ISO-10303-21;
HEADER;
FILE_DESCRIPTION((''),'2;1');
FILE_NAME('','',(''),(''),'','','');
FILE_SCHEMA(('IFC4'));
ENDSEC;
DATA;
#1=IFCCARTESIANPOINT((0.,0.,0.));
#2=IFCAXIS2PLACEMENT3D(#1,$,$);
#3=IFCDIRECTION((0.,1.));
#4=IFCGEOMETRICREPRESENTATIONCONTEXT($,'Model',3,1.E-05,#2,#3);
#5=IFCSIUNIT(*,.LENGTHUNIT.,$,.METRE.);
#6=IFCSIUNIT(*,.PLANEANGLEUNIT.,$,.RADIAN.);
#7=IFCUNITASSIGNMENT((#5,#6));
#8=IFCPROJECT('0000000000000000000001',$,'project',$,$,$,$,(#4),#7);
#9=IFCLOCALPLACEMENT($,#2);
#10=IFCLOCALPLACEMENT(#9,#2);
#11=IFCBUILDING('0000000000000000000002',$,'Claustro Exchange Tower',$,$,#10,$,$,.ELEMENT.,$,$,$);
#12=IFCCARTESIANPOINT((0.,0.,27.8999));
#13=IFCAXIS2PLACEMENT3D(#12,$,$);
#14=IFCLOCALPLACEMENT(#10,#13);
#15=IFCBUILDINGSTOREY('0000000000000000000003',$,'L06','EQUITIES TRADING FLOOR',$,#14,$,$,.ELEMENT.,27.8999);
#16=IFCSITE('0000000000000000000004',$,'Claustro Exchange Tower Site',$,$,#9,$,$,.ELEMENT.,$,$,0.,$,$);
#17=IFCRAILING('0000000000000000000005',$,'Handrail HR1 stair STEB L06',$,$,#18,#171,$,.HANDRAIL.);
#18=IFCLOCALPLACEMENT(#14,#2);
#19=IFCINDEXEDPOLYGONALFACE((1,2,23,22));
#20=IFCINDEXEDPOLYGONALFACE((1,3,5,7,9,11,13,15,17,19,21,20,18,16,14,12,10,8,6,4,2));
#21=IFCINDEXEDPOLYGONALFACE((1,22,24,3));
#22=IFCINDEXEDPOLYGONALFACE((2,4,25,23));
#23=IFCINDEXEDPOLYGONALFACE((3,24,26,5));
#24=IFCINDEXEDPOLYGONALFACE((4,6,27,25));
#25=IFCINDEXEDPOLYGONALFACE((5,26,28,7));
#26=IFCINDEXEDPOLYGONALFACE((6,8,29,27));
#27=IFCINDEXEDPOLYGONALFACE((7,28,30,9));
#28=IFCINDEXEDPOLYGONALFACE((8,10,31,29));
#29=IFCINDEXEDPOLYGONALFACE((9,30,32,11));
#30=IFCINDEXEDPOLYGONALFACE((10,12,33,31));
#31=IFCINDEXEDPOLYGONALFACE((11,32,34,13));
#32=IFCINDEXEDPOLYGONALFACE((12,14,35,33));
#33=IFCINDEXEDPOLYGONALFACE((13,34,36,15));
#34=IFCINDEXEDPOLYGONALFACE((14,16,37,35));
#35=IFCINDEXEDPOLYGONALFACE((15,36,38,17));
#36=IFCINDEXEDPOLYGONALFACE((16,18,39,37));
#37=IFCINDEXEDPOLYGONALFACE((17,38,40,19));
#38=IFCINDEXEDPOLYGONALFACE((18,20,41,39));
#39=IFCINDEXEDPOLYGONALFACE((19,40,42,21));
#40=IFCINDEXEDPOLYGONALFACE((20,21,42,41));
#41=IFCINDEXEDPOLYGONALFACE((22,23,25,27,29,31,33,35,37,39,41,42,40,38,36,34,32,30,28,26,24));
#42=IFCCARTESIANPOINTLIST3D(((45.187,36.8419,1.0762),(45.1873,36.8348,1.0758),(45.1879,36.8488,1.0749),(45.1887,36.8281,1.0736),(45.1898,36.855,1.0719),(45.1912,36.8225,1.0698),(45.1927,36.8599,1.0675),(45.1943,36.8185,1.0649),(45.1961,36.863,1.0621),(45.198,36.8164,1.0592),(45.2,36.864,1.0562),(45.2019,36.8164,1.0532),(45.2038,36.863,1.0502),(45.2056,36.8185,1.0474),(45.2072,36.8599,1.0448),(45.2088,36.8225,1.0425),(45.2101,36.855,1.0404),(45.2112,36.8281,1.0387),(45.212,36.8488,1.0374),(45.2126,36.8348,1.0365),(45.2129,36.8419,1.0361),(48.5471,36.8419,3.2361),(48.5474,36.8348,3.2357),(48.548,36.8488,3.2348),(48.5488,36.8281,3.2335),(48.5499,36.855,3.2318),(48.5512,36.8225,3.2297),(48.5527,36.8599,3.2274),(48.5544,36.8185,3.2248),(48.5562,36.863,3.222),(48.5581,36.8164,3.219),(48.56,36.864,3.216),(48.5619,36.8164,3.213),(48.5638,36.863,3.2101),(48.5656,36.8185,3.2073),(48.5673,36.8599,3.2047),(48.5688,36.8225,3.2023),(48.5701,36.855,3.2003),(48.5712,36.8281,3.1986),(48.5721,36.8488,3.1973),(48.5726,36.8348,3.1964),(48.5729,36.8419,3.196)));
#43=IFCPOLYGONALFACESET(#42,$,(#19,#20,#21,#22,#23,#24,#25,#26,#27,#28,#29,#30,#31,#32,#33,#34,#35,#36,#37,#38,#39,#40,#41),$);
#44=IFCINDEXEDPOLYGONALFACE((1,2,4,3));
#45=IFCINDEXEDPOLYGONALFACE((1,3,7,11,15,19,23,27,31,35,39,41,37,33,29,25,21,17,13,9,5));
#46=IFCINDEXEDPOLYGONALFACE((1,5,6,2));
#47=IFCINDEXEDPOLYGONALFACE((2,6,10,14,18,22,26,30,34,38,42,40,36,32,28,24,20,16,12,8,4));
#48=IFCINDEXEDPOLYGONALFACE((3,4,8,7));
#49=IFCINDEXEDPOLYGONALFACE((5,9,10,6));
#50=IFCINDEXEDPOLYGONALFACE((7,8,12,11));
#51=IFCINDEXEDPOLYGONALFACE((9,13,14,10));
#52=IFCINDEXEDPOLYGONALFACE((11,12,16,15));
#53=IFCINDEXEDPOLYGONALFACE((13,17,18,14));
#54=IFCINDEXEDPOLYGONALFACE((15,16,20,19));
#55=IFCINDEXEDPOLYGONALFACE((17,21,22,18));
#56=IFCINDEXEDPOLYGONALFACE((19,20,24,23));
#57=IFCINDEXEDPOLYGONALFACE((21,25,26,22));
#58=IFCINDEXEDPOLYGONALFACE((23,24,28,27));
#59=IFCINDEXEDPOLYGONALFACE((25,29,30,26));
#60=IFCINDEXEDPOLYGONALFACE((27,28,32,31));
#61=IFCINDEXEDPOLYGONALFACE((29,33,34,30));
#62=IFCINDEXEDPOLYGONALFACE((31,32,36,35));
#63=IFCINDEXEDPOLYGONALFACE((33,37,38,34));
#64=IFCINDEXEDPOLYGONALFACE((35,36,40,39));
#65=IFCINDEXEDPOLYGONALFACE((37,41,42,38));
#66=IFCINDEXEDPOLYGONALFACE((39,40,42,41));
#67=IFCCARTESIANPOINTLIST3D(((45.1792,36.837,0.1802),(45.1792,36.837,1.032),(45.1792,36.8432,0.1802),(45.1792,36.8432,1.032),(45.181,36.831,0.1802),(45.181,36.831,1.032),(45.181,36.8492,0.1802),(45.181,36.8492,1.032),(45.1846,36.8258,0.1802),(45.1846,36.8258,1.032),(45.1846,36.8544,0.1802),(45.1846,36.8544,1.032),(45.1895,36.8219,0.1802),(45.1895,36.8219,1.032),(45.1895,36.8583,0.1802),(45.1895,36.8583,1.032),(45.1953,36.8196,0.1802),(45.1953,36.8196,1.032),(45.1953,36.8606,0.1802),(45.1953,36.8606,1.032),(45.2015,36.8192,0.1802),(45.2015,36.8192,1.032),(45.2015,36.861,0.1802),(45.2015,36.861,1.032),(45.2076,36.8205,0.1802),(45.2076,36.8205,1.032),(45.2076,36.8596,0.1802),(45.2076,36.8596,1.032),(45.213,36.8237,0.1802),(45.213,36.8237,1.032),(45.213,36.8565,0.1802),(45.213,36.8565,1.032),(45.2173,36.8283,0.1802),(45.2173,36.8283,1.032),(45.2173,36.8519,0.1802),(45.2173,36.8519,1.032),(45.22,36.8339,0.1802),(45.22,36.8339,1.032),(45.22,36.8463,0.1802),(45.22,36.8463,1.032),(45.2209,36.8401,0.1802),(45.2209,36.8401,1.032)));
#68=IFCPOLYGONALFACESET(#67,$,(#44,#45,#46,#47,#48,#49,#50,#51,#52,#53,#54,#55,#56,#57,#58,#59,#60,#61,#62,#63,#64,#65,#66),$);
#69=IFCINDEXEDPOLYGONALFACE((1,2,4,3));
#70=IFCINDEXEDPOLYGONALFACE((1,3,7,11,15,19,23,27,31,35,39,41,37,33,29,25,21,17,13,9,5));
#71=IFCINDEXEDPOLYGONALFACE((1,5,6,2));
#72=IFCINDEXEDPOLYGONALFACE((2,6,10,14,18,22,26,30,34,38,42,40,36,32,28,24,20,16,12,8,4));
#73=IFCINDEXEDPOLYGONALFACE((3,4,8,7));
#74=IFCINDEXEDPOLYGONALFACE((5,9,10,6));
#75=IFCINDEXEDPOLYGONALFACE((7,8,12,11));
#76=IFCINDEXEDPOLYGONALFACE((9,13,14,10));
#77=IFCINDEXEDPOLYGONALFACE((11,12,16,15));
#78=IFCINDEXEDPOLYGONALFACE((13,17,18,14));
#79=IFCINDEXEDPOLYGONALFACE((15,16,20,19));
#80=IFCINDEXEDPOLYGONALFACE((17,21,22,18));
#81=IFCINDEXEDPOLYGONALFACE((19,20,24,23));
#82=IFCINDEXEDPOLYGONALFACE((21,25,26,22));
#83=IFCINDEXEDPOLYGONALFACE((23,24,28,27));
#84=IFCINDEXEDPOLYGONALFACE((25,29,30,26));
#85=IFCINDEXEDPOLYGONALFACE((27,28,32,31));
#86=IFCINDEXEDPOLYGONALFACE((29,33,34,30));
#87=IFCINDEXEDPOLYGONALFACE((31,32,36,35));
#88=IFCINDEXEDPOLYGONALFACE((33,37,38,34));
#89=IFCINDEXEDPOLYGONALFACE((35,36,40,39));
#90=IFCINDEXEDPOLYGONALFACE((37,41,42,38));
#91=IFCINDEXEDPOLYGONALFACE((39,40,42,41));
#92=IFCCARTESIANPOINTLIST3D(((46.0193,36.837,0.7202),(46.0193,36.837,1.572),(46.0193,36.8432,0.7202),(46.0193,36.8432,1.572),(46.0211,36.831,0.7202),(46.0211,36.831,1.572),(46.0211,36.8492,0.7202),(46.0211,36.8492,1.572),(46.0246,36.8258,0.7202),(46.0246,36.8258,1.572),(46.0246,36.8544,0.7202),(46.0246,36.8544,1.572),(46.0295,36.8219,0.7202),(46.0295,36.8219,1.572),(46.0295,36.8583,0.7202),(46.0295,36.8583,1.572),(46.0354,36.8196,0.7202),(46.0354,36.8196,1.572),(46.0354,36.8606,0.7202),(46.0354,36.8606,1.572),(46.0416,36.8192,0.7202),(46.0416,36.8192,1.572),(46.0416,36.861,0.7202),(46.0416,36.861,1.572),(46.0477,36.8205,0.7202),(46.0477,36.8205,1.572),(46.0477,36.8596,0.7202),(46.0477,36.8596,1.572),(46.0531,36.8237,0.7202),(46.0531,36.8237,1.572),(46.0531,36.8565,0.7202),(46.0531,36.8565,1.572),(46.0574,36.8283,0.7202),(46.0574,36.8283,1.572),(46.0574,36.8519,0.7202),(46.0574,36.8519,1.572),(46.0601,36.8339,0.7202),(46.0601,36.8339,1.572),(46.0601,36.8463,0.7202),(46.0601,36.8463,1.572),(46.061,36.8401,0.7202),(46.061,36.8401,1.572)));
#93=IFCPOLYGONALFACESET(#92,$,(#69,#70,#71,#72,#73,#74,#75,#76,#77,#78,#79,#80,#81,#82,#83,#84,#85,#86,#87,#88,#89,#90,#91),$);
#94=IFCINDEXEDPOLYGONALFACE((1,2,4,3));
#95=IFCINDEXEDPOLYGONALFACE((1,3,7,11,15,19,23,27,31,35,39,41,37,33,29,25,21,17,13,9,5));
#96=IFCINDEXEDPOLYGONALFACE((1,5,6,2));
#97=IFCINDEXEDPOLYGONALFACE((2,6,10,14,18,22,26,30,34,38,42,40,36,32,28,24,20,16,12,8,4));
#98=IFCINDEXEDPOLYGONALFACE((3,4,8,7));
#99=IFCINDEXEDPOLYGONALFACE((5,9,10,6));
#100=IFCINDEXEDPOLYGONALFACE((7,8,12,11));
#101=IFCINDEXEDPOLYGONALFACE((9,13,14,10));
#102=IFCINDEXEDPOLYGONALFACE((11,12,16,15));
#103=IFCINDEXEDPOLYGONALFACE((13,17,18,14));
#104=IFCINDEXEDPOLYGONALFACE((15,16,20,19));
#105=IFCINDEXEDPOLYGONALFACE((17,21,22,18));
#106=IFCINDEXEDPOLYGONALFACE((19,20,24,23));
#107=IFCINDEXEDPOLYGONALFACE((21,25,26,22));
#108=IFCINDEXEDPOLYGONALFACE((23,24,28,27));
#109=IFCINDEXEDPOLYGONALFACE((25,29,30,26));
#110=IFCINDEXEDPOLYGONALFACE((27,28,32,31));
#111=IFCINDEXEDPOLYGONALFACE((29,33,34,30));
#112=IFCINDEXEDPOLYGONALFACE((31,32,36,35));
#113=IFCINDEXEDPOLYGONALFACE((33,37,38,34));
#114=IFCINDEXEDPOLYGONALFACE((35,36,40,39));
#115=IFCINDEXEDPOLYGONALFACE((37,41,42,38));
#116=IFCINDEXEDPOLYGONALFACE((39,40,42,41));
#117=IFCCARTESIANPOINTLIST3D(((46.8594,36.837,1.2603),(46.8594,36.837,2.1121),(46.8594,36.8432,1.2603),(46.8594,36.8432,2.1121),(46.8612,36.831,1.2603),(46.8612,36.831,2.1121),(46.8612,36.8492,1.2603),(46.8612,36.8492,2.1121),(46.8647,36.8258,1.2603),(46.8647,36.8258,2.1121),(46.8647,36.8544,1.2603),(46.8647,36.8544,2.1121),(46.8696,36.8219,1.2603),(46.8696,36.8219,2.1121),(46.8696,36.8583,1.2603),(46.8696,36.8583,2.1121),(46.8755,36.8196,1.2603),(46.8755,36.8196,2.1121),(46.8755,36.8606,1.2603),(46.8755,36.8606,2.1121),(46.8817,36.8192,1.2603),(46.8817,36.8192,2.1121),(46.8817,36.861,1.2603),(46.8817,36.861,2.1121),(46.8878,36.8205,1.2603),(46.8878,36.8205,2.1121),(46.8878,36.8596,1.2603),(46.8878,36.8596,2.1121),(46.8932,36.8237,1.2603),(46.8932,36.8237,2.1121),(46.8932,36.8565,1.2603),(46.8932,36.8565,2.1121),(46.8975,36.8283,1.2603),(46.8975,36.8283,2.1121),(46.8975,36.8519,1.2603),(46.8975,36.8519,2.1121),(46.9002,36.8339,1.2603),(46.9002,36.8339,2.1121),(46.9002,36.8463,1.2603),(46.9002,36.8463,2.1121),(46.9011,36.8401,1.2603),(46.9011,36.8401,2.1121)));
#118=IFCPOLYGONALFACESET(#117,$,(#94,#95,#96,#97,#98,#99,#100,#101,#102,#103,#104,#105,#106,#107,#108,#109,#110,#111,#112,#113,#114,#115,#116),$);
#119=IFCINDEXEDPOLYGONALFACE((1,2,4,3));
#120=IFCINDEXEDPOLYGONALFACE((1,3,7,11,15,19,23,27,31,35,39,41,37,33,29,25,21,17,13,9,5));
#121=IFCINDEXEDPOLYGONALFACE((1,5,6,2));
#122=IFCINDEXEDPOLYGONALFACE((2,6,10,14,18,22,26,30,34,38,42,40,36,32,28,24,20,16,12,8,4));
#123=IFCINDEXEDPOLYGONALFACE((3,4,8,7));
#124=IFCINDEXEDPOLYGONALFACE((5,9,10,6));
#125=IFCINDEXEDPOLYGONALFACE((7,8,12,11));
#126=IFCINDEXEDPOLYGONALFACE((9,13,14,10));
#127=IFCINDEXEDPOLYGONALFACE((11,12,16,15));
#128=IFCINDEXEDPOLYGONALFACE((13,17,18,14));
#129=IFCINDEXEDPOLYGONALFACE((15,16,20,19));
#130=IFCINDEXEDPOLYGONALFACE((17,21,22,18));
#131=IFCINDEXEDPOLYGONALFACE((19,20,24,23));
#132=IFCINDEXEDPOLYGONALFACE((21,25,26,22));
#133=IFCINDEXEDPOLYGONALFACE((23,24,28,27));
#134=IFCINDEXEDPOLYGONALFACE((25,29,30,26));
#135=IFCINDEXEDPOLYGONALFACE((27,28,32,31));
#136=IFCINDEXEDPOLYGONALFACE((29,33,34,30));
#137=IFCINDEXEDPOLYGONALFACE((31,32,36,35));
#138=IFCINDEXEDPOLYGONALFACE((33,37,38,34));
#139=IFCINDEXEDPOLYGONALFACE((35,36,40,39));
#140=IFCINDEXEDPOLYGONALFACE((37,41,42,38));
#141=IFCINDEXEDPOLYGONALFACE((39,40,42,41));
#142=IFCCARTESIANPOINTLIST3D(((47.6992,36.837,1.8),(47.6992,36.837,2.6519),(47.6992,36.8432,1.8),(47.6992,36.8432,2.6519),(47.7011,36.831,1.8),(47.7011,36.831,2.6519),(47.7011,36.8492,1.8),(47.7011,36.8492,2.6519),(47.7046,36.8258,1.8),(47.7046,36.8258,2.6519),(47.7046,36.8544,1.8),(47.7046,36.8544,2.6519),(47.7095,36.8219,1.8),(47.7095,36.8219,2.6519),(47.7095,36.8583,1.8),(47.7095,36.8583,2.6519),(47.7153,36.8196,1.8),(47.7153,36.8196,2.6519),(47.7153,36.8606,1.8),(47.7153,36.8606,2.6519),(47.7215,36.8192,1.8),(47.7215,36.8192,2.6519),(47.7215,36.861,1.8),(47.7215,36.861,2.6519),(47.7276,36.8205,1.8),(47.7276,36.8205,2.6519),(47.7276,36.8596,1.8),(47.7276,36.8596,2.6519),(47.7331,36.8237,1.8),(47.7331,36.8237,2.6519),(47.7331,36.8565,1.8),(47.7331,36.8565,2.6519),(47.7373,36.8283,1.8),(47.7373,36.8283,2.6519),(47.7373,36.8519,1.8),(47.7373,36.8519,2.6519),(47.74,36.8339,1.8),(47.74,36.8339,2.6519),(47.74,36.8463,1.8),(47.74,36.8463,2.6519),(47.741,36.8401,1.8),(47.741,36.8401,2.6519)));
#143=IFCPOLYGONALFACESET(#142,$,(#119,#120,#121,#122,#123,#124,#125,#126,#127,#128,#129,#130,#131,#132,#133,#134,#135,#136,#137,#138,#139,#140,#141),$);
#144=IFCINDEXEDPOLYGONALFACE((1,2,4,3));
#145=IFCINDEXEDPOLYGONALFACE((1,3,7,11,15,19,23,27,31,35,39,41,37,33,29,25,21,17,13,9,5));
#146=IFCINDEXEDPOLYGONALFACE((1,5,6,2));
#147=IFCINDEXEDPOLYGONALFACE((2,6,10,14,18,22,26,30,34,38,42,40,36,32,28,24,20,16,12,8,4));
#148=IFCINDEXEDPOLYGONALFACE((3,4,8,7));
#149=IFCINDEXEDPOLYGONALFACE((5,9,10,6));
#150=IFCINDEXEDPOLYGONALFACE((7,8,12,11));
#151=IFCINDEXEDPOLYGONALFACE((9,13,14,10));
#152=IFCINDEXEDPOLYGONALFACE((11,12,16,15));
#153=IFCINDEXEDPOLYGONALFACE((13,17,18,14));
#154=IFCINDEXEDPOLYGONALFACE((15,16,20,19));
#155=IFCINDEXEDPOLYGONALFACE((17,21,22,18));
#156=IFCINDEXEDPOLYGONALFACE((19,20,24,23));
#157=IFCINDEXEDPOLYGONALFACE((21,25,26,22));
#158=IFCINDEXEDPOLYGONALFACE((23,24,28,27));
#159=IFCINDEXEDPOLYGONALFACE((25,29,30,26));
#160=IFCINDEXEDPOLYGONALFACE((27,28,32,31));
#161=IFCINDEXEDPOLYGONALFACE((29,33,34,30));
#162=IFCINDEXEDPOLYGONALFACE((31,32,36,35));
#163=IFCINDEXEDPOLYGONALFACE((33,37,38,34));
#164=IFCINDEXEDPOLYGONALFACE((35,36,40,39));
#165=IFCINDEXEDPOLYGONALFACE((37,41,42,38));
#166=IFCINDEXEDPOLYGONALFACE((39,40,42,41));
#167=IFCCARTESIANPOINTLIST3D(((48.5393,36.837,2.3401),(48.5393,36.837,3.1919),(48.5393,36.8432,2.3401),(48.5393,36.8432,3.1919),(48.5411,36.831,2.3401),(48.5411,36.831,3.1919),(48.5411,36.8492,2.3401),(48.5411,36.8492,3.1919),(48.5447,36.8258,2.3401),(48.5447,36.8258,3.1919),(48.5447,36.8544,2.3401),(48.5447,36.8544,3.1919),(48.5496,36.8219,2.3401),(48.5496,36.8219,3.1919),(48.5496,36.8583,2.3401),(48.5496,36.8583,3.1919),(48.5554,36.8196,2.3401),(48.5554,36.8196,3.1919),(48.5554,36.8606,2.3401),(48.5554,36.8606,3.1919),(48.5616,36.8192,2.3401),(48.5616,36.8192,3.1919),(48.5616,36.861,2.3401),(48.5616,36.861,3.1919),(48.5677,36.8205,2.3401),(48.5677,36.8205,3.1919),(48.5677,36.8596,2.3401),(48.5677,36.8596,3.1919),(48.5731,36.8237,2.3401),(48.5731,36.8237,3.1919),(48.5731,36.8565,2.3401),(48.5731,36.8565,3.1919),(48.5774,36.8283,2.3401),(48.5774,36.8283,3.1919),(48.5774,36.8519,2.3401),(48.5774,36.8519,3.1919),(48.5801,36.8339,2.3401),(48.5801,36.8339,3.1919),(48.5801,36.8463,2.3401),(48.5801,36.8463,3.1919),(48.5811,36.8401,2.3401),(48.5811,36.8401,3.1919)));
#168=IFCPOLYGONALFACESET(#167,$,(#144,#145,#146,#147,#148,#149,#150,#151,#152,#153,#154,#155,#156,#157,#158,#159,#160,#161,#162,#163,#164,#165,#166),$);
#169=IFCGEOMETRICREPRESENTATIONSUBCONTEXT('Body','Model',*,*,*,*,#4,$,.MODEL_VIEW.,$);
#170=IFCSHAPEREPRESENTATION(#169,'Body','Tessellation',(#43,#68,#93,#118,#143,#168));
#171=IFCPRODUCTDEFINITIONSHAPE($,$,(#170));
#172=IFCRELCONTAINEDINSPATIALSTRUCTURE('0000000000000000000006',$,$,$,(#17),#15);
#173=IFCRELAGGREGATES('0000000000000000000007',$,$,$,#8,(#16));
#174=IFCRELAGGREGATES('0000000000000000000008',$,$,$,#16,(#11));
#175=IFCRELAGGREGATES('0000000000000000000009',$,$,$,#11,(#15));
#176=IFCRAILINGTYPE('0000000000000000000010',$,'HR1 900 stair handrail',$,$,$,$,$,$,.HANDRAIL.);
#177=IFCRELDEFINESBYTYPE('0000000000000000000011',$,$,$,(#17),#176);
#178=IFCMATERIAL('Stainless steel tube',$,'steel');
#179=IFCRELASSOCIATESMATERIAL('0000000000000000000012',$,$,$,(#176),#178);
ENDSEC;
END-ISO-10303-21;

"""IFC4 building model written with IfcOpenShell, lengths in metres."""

from ifc_helpers import new_model, si_unit, direction, frame, origin, origin_2d, place, context, subcontext, project, spatial, circle, extrude, material, type_object, element, save


model = new_model("IFC4")

# Units and contexts
model_context = context("Model", 3, precision=1e-05, world=origin(), true_north=direction((0.0, 1.0)))
body_context = subcontext(model_context, "Body", "Model", "MODEL_VIEW")
ifc_project = project(units=[si_unit("LENGTHUNIT", "METRE"), si_unit("PLANEANGLEUNIT", "RADIAN")], contexts=[model_context])

# Site, building, storey
site_placement = place(None, origin())
site = spatial("IfcSite", under=ifc_project, at=site_placement, Name="Claustro Exchange Tower Site", CompositionType="ELEMENT", RefElevation=0.0)
building_placement = place(site_placement, origin())
building = spatial("IfcBuilding", under=site, at=building_placement, Name="Claustro Exchange Tower", CompositionType="ELEMENT")
storey_placement = place(building_placement, frame((0.0, 0.0, 27.8999)))
storey = spatial("IfcBuildingStorey", under=building, at=storey_placement, Name="L06", Description="EQUITIES TRADING FLOOR", CompositionType="ELEMENT", Elevation=27.8999)

# Railing
ifc_material_1 = material(Name="Stainless steel tube", Category="steel")
railing_type_1 = type_object("IfcRailingType", Name="HR1 900 stair handrail", PredefinedType="HANDRAIL", material=ifc_material_1)
railing_1_placement = place(storey_placement, frame((45.2, 36.8401, 0.1802)))
element("IfcRailing", 1, at=railing_1_placement, inside=storey, type_object=railing_type_1, Name="Handrail HR1 stair STEB L06", PredefinedType="HANDRAIL", context=body_context, shape_type="SweptSolid", body=[
    extrude(circle(Radius=0.0239, at=origin_2d()), frame((0.0, 0.0, 0.876), z_axis=(0.841196, 0.0, 0.54073), x_axis=(0.0, 1.0, 0.0)), (0.0, 0.0, 1.0), 3.9944),
    extrude(circle(Radius=0.021, at=origin_2d()), origin(), (0.0, 0.0, 1.0), 0.8518),
    extrude(circle(Radius=0.021, at=origin_2d()), frame((0.8401, 0.0, 0.54)), (0.0, 0.0, 1.0), 0.8518),
    extrude(circle(Radius=0.021, at=origin_2d()), frame((1.6802, 0.0, 1.0801)), (0.0, 0.0, 1.0), 0.8518),
    extrude(circle(Radius=0.021, at=origin_2d()), frame((2.52, 0.0, 1.6199)), (0.0, 0.0, 1.0), 0.8518),
    extrude(circle(Radius=0.021, at=origin_2d()), frame((3.3601, 0.0, 2.1599)), (0.0, 0.0, 1.0), 0.8518),
])

save(model, "model.ifc")
